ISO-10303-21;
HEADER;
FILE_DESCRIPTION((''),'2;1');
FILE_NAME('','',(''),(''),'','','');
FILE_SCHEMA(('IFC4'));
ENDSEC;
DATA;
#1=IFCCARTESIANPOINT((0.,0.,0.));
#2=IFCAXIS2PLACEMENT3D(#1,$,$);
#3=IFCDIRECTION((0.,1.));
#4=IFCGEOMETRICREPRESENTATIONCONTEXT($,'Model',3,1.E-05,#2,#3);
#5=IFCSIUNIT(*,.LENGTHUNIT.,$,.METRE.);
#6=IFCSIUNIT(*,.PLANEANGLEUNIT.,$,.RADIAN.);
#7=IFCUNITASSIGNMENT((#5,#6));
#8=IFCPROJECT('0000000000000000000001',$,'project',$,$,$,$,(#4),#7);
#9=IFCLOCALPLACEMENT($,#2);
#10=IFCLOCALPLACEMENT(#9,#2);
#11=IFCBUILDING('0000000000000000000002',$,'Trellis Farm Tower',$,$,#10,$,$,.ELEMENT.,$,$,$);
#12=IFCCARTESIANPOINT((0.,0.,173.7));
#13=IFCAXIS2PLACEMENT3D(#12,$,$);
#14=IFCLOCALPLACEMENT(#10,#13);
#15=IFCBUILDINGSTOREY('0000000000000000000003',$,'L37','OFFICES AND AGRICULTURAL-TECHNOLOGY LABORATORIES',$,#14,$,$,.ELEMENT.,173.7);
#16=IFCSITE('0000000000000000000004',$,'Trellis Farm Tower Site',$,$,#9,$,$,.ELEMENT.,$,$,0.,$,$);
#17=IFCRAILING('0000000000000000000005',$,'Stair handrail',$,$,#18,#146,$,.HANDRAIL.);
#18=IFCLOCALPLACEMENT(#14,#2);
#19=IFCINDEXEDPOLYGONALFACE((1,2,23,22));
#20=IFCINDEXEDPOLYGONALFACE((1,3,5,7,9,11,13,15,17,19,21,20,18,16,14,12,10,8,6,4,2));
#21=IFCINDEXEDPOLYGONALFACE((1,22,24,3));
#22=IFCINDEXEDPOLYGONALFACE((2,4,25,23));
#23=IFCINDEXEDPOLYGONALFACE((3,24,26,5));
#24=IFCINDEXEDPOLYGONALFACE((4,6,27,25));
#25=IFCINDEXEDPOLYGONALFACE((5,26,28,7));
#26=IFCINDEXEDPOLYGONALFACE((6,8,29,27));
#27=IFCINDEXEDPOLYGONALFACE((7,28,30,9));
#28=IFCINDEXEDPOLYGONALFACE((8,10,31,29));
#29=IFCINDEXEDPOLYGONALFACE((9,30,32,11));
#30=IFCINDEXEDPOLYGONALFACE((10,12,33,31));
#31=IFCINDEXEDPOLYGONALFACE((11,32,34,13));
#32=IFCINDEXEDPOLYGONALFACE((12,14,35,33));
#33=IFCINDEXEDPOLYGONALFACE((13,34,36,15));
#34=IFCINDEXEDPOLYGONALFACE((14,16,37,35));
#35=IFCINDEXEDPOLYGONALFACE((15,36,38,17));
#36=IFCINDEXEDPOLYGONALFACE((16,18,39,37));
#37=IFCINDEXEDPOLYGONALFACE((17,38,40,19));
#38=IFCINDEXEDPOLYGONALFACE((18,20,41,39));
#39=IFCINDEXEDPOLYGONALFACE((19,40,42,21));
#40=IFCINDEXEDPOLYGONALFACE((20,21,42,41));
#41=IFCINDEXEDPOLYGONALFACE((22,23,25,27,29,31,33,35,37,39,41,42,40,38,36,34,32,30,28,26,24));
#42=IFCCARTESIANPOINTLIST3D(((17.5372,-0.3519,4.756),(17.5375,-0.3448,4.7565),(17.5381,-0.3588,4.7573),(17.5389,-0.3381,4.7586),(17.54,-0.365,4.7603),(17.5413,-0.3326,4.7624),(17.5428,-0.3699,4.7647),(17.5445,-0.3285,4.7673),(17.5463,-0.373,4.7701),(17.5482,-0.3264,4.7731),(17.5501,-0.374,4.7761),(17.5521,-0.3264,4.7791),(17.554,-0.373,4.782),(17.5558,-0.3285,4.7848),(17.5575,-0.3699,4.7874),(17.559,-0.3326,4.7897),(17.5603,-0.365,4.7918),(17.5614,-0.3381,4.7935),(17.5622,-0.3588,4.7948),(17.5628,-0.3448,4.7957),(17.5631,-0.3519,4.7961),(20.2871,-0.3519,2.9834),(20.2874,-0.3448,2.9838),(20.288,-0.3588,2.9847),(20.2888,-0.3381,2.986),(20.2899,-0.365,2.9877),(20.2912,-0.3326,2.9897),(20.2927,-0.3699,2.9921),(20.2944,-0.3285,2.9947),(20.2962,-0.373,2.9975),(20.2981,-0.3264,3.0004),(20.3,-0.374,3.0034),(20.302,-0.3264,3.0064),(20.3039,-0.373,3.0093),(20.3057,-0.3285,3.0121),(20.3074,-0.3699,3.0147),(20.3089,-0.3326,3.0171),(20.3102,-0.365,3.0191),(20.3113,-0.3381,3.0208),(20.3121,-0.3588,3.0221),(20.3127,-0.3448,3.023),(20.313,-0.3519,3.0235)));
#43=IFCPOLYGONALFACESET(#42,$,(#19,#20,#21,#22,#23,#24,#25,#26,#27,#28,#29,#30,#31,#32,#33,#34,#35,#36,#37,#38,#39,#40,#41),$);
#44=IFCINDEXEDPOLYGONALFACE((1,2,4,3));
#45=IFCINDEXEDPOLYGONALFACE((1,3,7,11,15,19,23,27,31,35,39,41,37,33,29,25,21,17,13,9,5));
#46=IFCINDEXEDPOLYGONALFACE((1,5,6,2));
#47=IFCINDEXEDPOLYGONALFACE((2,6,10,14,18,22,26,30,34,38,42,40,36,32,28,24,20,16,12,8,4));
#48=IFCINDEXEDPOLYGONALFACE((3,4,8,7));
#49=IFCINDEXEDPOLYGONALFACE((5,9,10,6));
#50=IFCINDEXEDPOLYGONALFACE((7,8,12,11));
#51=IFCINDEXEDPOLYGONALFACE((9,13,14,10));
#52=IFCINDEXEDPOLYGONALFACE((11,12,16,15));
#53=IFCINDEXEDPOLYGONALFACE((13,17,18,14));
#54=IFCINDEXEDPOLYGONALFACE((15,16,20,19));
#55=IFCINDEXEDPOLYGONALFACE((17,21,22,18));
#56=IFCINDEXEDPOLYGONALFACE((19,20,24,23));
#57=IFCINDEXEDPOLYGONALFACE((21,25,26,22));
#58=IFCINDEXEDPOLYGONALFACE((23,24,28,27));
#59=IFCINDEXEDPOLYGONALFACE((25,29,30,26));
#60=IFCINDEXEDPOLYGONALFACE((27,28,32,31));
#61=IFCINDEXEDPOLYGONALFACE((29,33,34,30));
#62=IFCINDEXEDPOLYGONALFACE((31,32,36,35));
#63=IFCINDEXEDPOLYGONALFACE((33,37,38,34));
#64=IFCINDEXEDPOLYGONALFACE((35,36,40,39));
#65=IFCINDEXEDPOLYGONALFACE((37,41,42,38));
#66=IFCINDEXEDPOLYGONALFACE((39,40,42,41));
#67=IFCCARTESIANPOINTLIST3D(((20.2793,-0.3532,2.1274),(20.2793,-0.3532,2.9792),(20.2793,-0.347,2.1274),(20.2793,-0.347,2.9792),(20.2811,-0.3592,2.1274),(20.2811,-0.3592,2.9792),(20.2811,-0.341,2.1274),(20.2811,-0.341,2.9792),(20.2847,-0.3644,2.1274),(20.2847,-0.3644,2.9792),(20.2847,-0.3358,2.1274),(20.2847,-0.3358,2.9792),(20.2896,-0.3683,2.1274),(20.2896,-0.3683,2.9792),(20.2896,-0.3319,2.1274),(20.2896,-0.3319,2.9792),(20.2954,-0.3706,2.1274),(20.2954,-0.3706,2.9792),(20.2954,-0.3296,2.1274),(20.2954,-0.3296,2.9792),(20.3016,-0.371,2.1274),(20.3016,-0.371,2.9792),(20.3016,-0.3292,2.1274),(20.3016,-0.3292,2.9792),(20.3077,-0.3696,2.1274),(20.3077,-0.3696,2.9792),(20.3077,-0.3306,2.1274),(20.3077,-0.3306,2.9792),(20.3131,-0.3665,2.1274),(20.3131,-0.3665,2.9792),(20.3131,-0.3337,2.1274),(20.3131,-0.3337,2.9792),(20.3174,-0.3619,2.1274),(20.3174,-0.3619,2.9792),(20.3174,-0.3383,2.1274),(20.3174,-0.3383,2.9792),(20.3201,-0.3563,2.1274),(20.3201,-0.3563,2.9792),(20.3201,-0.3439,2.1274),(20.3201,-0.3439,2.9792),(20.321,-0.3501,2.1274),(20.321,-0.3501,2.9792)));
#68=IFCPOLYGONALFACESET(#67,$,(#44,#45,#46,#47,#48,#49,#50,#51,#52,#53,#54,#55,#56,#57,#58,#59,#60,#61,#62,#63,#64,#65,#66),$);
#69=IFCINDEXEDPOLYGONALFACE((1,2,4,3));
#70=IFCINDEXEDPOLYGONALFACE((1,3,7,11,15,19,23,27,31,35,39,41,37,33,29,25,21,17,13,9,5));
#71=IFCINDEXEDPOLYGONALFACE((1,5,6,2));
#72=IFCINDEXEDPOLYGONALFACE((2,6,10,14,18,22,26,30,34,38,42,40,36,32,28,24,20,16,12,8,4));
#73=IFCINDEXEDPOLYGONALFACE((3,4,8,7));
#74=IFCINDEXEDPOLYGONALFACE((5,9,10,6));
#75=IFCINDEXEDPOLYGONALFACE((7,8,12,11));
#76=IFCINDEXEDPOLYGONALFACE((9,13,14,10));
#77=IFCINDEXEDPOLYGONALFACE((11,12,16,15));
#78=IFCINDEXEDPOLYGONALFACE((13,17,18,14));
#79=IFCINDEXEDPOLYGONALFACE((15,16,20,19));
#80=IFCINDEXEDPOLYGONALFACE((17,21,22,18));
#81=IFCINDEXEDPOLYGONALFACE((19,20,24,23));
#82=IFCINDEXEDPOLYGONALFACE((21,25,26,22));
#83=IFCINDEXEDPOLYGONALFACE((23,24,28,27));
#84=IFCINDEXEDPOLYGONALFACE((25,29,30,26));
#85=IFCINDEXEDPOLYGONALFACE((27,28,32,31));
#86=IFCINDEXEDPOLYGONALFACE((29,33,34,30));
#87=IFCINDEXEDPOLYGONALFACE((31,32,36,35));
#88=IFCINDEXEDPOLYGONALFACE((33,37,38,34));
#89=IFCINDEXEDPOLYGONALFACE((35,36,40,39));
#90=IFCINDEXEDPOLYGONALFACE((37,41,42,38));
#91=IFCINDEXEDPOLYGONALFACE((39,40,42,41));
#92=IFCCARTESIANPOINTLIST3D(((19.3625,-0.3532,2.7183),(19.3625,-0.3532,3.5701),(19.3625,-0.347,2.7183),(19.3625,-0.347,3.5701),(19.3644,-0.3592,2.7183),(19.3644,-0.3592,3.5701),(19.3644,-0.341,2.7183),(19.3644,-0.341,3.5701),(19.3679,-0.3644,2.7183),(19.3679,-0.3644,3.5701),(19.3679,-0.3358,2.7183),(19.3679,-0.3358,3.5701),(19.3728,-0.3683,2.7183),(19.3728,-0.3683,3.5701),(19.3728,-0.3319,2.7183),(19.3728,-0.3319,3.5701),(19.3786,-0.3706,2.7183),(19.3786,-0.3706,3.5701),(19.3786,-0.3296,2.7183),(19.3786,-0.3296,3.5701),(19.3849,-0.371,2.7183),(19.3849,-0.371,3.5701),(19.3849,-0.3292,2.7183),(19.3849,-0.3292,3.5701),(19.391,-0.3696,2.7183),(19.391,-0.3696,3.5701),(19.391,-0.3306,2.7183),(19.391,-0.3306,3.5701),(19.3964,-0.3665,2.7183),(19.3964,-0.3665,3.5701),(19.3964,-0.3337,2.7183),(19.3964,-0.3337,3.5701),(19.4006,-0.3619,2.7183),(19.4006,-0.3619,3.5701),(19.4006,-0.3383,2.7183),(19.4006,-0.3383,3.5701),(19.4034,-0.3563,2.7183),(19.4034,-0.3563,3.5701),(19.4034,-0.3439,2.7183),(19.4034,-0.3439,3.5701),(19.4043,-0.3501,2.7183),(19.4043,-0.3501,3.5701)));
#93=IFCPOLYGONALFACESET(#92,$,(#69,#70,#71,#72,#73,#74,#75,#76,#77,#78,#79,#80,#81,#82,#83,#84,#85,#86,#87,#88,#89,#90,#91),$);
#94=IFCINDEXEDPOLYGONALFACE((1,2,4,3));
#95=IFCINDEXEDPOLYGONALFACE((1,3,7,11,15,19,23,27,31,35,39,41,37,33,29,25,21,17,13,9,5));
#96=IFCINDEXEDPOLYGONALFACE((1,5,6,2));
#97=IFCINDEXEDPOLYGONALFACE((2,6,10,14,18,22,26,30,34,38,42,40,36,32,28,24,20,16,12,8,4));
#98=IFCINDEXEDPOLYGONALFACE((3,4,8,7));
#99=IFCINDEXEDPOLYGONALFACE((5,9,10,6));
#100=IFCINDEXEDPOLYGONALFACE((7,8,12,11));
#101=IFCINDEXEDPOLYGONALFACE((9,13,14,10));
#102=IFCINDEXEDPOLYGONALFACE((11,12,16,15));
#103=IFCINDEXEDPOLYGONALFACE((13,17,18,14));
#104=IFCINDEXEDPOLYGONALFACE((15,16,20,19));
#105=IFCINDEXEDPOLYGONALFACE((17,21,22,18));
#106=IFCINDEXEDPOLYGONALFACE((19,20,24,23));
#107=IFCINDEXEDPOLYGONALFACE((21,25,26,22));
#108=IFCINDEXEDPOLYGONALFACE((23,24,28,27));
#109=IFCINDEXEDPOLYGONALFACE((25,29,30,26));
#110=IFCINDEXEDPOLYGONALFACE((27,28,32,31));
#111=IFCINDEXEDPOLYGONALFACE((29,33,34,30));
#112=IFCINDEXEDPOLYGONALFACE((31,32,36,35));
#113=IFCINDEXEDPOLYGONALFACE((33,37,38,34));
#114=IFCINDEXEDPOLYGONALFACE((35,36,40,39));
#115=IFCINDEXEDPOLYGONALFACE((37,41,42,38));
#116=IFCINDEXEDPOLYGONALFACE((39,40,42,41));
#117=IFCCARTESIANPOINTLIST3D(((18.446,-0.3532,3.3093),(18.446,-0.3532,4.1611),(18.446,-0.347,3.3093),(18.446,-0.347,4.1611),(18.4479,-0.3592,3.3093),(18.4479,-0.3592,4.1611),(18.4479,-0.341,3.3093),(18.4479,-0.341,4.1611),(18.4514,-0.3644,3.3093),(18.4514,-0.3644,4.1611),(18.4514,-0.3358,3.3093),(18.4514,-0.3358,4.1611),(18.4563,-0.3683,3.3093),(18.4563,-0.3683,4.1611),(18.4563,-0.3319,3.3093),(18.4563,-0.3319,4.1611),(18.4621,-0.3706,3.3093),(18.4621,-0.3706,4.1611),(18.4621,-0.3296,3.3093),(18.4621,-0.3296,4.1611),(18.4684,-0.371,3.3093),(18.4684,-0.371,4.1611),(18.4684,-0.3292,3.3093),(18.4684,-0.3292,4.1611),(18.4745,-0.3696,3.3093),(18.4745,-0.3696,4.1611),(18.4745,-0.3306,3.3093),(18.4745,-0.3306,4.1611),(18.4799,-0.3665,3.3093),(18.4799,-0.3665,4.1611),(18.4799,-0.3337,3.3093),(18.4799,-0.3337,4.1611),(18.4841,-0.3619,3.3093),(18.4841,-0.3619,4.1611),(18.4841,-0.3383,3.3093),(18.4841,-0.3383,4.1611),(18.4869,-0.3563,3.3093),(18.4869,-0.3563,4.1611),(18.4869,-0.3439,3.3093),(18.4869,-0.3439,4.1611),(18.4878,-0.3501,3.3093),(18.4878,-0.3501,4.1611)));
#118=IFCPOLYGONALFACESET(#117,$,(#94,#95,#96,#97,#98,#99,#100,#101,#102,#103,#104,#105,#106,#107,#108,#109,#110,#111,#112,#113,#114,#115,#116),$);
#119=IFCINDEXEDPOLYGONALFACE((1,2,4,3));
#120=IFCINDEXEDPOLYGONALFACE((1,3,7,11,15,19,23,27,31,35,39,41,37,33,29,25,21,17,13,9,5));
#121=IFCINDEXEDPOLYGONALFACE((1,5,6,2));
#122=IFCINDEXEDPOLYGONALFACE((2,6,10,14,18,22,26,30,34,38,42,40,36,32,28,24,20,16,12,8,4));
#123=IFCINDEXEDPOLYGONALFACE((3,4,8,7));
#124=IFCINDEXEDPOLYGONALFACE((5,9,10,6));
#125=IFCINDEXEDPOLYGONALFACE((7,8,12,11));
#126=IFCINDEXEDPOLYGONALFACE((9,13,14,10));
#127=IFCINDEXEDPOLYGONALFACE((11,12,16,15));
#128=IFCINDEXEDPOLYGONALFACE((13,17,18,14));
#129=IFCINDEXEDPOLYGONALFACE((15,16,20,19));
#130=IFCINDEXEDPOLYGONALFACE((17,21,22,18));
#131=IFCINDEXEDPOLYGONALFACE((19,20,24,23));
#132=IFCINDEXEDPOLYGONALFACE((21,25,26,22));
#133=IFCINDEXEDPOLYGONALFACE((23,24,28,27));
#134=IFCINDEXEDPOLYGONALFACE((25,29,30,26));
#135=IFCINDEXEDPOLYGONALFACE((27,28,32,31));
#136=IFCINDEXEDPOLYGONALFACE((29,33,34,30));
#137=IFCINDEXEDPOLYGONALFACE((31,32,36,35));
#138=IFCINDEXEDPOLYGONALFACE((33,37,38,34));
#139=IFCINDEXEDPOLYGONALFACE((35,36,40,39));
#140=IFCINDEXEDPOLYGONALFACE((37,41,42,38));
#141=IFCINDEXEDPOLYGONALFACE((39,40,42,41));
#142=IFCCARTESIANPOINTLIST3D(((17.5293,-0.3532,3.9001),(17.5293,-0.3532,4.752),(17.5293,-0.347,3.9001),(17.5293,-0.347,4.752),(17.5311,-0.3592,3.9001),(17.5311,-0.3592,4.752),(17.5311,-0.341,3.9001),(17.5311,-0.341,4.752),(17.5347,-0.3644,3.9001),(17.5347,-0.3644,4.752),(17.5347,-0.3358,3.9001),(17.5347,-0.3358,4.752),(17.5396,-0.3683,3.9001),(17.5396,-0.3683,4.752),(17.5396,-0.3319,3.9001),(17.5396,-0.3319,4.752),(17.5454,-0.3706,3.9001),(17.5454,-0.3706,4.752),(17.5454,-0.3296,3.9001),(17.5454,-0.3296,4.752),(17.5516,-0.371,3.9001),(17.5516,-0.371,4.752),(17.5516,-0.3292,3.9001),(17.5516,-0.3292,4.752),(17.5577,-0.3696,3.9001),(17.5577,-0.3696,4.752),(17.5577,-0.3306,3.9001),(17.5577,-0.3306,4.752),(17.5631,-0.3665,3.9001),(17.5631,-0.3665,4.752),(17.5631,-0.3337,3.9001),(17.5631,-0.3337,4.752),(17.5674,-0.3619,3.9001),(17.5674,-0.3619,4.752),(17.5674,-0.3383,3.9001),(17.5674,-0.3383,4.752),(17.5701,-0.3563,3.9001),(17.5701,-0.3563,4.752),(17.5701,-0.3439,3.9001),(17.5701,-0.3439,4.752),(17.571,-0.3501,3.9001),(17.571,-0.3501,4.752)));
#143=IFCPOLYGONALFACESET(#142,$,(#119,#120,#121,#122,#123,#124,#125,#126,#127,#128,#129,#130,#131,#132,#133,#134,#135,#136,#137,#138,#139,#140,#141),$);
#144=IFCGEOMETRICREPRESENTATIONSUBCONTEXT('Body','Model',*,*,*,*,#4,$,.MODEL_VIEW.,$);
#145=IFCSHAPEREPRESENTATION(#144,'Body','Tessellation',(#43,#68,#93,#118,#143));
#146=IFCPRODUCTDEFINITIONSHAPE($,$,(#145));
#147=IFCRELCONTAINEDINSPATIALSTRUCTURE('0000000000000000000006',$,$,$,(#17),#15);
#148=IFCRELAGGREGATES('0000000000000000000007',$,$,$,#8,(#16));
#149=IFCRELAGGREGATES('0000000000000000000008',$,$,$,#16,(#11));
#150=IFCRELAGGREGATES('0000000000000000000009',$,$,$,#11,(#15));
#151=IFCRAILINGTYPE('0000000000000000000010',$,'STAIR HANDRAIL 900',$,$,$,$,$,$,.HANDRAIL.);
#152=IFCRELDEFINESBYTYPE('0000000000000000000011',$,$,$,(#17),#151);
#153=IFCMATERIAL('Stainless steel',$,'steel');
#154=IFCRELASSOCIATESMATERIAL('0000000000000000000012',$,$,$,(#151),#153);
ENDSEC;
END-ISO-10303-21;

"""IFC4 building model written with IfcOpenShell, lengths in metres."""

from ifc_helpers import new_model, si_unit, direction, frame, origin, origin_2d, place, context, subcontext, project, spatial, circle, extrude, source, transform, mapped, material, type_object, element, save


model = new_model("IFC4")

# Units and contexts
model_context = context("Model", 3, precision=1e-05, world=origin(), true_north=direction((0.0, 1.0)))
body_context = subcontext(model_context, "Body", "Model", "MODEL_VIEW")
ifc_project = project(units=[si_unit("LENGTHUNIT", "METRE"), si_unit("PLANEANGLEUNIT", "RADIAN")], contexts=[model_context])

# Site, building, storey
site_placement = place(None, origin())
site = spatial("IfcSite", under=ifc_project, at=site_placement, Name="Trellis Farm Tower Site", CompositionType="ELEMENT", RefElevation=0.0)
building_placement = place(site_placement, origin())
building = spatial("IfcBuilding", under=site, at=building_placement, Name="Trellis Farm Tower", CompositionType="ELEMENT")
storey_placement = place(building_placement, frame((0.0, 0.0, 173.7)))
storey = spatial("IfcBuildingStorey", under=building, at=storey_placement, Name="L37", Description="OFFICES AND AGRICULTURAL-TECHNOLOGY LABORATORIES", CompositionType="ELEMENT", Elevation=173.7)

# Railing
ifc_material_1 = material(Name="Stainless steel", Category="steel")
railing_type = type_object("IfcRailingType", Name="STAIR HANDRAIL 900", PredefinedType="HANDRAIL", material=ifc_material_1)
shared_shape_1 = source(origin(), body_context, "Body", "SweptSolid", [
    extrude(circle(Radius=0.0239, at=origin_2d()), frame((0.0, 0.0, 0.876), z_axis=(-0.840504, 0.0, 0.541806), x_axis=(0.0, -1.0, 0.0)), (0.0, 0.0, 1.0), 3.2717),
    extrude(circle(Radius=0.021, at=origin_2d()), origin(), (0.0, 0.0, 1.0), 0.8518),
    extrude(circle(Radius=0.021, at=origin_2d()), frame((-0.9167, 0.0, 0.5908)), (0.0, 0.0, 1.0), 0.8518),
    extrude(circle(Radius=0.021, at=origin_2d()), frame((-1.8333, 0.0, 1.1819)), (0.0, 0.0, 1.0), 0.8518),
    extrude(circle(Radius=0.021, at=origin_2d()), frame((-2.75, 0.0, 1.7727)), (0.0, 0.0, 1.0), 0.8518),
])
for number, where, name in (
    (1, (20.3, -0.3501, 2.1274), "Stair handrail"),
):
    element("IfcRailing", number, at=place(storey_placement, frame(where)), inside=storey, type_object=railing_type, Name=name, PredefinedType="HANDRAIL", context=body_context, shape_type="MappedRepresentation", body=[
        mapped(shared_shape_1, transform((0.0, 0.0, 0.0))),
    ])

save(model, "model.ifc")
